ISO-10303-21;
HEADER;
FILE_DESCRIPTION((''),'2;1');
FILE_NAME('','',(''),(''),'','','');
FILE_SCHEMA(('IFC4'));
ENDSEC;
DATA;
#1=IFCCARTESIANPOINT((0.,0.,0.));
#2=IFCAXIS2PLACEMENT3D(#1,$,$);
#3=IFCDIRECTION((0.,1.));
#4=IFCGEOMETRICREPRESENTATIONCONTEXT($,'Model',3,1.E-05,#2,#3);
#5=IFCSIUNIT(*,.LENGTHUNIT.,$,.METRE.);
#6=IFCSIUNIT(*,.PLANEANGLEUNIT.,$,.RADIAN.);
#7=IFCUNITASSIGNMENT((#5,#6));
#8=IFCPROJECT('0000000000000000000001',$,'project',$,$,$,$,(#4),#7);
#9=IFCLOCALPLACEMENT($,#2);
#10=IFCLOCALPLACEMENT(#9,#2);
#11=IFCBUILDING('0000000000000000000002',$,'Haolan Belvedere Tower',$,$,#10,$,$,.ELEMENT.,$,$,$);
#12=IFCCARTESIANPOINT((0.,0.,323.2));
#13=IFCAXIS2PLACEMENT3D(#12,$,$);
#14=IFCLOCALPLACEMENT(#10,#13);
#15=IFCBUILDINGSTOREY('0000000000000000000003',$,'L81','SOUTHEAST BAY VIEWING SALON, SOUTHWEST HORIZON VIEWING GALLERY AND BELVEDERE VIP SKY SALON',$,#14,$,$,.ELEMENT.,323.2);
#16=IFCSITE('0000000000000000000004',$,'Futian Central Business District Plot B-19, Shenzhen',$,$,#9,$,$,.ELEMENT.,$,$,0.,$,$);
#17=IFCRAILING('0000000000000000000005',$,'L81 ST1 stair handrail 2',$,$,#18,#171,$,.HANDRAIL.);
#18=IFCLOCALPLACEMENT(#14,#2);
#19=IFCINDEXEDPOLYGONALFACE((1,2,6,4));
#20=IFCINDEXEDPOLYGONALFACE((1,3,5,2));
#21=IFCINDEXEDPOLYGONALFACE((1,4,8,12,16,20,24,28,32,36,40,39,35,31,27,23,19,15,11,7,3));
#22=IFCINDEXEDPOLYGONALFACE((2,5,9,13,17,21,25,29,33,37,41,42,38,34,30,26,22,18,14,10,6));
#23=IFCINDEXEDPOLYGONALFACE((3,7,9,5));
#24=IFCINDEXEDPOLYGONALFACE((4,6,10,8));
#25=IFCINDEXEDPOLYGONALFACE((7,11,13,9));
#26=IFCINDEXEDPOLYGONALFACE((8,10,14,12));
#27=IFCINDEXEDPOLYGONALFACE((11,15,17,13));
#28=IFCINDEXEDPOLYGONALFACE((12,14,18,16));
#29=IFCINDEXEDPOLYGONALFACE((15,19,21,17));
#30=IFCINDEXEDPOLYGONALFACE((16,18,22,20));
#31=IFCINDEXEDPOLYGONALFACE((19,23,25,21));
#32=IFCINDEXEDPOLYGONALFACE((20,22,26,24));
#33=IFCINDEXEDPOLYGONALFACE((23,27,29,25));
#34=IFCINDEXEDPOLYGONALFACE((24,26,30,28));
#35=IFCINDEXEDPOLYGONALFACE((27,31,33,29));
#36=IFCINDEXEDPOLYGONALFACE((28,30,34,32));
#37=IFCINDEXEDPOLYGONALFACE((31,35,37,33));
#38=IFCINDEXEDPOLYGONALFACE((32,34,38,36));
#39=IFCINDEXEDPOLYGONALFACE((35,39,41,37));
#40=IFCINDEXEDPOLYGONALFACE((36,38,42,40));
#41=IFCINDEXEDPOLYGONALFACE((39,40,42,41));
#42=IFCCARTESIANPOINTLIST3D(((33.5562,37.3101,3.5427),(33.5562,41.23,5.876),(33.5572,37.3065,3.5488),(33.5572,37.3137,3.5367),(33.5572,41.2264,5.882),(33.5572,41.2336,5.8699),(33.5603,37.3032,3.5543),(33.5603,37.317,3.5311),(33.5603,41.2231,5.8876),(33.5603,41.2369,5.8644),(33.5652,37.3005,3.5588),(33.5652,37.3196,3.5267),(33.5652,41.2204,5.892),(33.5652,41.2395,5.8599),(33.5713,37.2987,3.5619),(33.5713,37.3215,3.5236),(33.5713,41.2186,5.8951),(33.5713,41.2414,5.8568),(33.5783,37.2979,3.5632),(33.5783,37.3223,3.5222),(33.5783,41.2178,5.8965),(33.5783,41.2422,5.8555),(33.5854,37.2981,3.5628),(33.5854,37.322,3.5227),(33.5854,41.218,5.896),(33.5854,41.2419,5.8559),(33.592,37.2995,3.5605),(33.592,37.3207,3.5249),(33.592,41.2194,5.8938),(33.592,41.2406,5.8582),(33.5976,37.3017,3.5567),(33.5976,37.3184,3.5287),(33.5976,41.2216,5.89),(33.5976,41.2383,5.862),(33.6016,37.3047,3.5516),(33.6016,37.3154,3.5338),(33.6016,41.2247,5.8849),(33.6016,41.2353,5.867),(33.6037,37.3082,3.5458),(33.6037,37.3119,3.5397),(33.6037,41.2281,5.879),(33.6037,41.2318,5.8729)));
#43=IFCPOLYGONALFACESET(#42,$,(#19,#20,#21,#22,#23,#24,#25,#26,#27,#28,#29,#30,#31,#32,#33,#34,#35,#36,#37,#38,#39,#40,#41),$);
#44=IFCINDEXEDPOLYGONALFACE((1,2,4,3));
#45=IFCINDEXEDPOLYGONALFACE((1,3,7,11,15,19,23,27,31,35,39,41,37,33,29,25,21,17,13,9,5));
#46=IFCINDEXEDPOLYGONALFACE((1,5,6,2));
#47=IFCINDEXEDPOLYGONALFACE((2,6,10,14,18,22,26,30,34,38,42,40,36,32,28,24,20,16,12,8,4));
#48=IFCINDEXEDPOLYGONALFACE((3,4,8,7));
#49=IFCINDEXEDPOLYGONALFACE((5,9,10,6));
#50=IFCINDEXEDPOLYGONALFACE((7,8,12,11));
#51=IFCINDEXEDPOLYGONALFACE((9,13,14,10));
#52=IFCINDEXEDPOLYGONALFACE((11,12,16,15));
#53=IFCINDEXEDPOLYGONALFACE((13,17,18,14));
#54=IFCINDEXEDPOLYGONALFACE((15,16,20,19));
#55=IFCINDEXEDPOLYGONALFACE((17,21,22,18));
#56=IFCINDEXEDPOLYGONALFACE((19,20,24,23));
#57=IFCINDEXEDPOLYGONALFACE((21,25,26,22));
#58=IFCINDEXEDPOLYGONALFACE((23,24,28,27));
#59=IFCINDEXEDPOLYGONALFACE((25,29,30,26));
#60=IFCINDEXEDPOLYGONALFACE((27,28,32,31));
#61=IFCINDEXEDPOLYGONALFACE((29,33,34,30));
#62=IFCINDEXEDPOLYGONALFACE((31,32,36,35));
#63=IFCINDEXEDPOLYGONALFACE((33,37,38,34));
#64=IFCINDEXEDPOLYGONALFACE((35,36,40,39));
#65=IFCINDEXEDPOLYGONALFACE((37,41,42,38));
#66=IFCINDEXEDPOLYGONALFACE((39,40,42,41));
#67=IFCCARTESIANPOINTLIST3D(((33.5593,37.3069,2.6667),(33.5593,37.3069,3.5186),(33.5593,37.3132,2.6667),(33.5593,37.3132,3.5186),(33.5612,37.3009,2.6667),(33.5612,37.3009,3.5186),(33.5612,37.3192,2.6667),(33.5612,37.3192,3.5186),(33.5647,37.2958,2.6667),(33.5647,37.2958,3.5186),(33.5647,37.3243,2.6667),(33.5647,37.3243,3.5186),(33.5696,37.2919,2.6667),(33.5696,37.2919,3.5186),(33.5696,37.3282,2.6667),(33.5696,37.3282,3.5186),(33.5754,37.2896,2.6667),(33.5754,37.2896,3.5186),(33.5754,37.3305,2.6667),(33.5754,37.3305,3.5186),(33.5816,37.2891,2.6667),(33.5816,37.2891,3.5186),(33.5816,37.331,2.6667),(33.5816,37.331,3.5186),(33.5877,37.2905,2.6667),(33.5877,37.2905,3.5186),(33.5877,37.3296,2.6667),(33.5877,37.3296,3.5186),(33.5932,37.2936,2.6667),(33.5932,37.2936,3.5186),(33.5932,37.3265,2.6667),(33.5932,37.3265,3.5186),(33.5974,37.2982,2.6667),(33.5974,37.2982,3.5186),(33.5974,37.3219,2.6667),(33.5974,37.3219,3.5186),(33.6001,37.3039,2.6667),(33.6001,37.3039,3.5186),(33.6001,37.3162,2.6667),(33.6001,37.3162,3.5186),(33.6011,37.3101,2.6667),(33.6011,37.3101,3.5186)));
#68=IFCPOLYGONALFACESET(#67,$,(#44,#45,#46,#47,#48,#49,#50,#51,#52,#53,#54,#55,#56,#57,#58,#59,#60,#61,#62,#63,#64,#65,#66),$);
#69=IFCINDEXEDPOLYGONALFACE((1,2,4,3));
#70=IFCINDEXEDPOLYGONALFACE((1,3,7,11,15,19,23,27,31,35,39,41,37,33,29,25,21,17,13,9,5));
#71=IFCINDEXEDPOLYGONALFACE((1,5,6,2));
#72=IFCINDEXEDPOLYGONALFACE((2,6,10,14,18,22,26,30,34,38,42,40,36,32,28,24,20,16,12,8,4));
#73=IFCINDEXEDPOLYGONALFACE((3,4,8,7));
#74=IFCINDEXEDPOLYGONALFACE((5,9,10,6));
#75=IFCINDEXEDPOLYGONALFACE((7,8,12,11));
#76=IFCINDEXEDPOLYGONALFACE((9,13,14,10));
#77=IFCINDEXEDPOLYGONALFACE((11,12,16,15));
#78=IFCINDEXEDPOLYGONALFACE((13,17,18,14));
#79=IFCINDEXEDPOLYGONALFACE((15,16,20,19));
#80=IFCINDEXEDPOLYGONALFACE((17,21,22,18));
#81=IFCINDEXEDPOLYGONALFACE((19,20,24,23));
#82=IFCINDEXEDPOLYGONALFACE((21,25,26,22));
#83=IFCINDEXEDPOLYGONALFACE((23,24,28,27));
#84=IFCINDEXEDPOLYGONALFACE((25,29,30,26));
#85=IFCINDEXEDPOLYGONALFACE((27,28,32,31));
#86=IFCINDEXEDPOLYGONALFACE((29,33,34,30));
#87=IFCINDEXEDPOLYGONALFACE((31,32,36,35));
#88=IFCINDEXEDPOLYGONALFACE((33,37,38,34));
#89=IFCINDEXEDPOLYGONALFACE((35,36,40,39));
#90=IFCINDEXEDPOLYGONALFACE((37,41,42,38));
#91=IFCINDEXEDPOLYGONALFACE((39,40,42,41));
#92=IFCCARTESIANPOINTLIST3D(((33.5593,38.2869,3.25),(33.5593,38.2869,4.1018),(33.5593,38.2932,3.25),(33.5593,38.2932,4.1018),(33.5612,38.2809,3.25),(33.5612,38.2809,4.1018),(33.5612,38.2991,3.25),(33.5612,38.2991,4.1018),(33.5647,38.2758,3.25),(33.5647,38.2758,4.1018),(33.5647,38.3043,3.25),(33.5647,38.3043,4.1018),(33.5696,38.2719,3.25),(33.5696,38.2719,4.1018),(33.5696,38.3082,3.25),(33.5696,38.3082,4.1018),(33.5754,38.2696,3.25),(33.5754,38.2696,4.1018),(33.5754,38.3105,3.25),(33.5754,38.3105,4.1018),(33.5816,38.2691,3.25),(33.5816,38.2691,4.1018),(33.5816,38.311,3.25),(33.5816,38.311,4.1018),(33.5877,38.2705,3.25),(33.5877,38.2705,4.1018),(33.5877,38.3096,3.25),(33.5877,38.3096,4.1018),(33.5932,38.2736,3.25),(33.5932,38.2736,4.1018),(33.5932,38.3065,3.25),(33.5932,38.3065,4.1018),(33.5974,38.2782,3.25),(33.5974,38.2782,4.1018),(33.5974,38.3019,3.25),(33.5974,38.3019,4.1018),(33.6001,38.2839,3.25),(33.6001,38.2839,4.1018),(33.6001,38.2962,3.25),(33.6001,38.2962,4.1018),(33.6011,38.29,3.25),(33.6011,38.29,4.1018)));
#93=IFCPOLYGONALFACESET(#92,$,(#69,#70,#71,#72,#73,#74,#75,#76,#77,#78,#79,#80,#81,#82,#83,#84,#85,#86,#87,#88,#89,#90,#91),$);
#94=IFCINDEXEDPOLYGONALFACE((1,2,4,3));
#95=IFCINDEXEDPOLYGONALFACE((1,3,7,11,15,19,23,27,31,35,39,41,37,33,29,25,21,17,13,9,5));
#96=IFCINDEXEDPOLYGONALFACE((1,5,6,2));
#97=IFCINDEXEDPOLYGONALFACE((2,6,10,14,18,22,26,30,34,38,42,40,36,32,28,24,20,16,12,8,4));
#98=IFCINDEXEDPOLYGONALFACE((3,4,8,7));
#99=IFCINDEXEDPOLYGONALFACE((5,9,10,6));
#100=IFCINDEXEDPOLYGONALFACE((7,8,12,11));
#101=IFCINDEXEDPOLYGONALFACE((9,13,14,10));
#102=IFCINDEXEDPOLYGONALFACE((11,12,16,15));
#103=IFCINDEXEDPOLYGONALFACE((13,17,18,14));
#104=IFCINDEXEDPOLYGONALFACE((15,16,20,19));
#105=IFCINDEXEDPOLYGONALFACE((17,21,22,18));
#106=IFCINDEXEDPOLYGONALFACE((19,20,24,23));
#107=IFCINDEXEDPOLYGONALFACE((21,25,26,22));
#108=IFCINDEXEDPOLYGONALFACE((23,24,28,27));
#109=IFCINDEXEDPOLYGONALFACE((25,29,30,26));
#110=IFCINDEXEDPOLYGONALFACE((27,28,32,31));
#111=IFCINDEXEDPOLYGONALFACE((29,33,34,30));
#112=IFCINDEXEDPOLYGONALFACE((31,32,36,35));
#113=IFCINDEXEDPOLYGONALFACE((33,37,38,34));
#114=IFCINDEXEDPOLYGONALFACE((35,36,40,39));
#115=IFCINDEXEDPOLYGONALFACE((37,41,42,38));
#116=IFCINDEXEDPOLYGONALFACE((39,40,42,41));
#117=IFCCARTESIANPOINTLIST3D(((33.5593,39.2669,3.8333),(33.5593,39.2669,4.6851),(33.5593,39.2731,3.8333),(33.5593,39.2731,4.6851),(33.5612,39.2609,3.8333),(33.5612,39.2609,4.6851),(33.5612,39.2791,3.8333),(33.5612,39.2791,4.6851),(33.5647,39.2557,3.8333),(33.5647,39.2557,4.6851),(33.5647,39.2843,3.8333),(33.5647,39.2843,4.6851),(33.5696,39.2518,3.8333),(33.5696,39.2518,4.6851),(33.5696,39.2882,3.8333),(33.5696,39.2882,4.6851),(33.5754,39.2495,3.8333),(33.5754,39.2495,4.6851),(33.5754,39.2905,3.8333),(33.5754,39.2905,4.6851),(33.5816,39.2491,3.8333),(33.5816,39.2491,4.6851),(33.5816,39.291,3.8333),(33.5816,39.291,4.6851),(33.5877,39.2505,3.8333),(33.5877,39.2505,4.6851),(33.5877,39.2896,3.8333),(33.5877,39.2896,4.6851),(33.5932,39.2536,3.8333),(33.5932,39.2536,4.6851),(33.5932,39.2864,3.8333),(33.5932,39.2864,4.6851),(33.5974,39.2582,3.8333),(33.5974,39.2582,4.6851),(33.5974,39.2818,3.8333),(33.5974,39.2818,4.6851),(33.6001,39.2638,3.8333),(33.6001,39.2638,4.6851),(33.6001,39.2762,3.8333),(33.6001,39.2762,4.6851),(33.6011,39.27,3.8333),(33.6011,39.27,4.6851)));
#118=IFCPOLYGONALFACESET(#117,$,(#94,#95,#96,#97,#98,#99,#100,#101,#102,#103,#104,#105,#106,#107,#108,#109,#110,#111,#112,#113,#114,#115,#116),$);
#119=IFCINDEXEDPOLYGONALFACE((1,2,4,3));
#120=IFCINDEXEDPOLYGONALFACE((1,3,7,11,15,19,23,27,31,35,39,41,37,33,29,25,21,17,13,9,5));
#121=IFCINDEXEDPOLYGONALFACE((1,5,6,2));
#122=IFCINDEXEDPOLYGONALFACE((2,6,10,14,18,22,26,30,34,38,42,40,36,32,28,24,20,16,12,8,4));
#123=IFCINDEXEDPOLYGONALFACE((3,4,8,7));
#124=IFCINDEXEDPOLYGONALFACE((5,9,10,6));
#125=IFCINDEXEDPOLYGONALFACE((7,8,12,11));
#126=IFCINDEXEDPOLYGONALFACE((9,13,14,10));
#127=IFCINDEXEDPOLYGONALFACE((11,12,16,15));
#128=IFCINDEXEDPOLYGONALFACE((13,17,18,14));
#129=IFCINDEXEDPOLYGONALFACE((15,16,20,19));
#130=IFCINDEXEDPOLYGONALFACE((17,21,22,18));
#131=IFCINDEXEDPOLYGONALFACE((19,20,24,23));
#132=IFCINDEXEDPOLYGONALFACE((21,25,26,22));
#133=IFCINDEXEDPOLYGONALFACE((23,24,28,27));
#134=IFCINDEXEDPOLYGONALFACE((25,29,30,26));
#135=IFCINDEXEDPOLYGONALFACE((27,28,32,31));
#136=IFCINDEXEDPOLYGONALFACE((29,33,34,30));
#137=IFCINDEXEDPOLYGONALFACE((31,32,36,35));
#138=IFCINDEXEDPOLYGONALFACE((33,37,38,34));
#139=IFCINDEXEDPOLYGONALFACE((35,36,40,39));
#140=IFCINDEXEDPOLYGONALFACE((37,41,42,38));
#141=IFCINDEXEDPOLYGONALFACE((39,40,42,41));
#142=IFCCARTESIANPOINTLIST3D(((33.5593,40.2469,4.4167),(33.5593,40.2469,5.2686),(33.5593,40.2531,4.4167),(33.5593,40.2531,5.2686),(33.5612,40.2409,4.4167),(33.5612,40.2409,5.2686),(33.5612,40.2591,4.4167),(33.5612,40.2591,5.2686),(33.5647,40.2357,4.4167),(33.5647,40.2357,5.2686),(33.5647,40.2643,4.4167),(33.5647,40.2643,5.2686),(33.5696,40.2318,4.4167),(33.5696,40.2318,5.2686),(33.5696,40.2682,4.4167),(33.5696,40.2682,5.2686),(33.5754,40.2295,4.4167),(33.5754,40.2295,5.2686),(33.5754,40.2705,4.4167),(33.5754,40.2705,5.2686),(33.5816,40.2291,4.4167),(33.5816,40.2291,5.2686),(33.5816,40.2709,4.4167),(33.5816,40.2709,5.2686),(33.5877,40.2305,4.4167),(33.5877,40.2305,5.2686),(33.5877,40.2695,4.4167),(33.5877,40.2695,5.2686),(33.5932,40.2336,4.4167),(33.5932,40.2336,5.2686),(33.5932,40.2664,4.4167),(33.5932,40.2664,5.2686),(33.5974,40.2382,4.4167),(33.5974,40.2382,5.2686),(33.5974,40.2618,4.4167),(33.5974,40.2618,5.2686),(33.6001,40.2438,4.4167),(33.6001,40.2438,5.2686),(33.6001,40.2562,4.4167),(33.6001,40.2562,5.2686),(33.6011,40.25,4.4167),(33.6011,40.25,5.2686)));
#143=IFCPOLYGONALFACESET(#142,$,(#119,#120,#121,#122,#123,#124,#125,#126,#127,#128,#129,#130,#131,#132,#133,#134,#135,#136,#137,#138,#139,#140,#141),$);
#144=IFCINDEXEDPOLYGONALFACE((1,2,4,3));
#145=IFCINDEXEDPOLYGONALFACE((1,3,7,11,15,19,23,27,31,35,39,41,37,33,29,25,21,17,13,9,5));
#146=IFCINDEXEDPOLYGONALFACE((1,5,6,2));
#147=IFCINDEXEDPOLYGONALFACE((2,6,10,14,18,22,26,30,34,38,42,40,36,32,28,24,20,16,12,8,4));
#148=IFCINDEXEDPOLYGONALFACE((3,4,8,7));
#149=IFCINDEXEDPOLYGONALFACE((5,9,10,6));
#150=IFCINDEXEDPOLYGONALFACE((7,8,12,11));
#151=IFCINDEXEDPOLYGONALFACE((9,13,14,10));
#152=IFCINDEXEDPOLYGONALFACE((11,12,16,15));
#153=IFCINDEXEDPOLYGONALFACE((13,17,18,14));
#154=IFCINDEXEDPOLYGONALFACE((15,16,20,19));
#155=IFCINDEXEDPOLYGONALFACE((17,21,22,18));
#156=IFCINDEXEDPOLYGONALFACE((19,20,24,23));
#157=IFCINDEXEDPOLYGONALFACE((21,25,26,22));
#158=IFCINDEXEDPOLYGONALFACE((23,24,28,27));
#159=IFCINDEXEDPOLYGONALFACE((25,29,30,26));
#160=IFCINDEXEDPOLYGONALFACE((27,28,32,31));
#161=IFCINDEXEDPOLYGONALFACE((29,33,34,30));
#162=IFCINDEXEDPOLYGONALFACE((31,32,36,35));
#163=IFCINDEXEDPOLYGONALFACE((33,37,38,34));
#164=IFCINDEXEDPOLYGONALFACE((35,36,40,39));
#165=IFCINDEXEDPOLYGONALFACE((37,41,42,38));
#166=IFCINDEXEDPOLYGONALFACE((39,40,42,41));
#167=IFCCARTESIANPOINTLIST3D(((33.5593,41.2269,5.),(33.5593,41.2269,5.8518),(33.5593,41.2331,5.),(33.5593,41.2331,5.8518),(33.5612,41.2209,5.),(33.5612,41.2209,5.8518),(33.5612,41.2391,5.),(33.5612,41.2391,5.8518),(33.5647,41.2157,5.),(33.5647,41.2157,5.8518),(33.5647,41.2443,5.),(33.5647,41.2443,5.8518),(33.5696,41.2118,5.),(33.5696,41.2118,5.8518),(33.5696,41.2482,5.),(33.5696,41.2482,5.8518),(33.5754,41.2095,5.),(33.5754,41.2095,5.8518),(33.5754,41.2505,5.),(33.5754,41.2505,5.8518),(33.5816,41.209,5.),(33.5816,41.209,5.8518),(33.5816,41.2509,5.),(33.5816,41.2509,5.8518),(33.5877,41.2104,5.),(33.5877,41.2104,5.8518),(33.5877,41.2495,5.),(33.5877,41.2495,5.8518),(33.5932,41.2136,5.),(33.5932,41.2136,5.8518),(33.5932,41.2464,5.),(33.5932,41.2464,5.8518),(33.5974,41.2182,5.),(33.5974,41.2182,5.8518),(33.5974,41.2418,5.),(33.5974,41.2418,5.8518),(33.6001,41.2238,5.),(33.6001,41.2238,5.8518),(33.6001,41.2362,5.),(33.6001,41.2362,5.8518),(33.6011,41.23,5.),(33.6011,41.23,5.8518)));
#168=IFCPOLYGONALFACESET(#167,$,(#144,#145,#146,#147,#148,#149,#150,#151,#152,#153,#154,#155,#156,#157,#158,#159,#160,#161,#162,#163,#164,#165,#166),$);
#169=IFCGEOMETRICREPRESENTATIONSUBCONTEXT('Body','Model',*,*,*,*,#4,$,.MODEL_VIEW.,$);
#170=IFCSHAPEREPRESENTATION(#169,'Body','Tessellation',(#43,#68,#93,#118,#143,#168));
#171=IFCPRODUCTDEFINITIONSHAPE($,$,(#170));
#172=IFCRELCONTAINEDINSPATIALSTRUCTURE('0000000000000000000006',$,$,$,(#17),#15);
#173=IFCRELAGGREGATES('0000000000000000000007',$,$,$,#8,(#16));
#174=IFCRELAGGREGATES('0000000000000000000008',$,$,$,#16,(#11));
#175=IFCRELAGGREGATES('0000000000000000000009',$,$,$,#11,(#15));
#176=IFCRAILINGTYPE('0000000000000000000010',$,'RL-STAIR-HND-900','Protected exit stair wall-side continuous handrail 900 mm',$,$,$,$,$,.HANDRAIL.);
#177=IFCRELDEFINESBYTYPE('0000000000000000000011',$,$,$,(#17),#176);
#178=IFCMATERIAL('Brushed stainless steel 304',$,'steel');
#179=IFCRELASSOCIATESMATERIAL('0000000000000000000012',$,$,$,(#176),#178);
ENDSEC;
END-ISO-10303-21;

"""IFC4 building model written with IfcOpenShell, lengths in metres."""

from ifc_helpers import new_model, si_unit, direction, frame, origin, origin_2d, place, context, subcontext, project, spatial, circle, extrude, material, type_object, element, save


model = new_model("IFC4")

# Units and contexts
model_context = context("Model", 3, precision=1e-05, world=origin(), true_north=direction((0.0, 1.0)))
body_context = subcontext(model_context, "Body", "Model", "MODEL_VIEW")
ifc_project = project(units=[si_unit("LENGTHUNIT", "METRE"), si_unit("PLANEANGLEUNIT", "RADIAN")], contexts=[model_context])

# Site, building, storey
site_placement = place(None, origin())
site = spatial("IfcSite", under=ifc_project, at=site_placement, Name="Futian Central Business District Plot B-19, Shenzhen", CompositionType="ELEMENT", RefElevation=0.0)
building_placement = place(site_placement, origin())
building = spatial("IfcBuilding", under=site, at=building_placement, Name="Haolan Belvedere Tower", CompositionType="ELEMENT")
storey_placement = place(building_placement, frame((0.0, 0.0, 323.2)))
storey = spatial("IfcBuildingStorey", under=building, at=storey_placement, Name="L81", Description="SOUTHEAST BAY VIEWING SALON, SOUTHWEST HORIZON VIEWING GALLERY AND BELVEDERE VIP SKY SALON", CompositionType="ELEMENT", Elevation=323.2)

# Railing
ifc_material_1 = material(Name="Brushed stainless steel 304", Category="steel")
railing_type_1 = type_object("IfcRailingType", Name="RL-STAIR-HND-900", Description="Protected exit stair wall-side continuous handrail 900 mm", PredefinedType="HANDRAIL", material=ifc_material_1)
railing_1_placement = place(storey_placement, frame((33.5801, 37.3101, 2.6667)))
element("IfcRailing", 1, at=railing_1_placement, inside=storey, type_object=railing_type_1, Name="L81 ST1 stair handrail 2", PredefinedType="HANDRAIL", context=body_context, shape_type="SweptSolid", body=[
    extrude(circle(Radius=0.0239, at=origin_2d()), frame((0.0, 0.0, 0.876), z_axis=(0.0, 0.859296, 0.511478), x_axis=(-1.0, 0.0, 0.0)), (0.0, 0.0, 1.0), 4.5618),
    extrude(circle(Radius=0.021, at=origin_2d()), origin(), (0.0, 0.0, 1.0), 0.8518),
    extrude(circle(Radius=0.021, at=origin_2d()), frame((0.0, 0.98, 0.5833)), (0.0, 0.0, 1.0), 0.8518),
    extrude(circle(Radius=0.021, at=origin_2d()), frame((0.0, 1.96, 1.1665)), (0.0, 0.0, 1.0), 0.8518),
    extrude(circle(Radius=0.021, at=origin_2d()), frame((0.0, 2.9399, 1.75)), (0.0, 0.0, 1.0), 0.8518),
    extrude(circle(Radius=0.021, at=origin_2d()), frame((0.0, 3.9199, 2.3333)), (0.0, 0.0, 1.0), 0.8518),
])

save(model, "model.ifc")
